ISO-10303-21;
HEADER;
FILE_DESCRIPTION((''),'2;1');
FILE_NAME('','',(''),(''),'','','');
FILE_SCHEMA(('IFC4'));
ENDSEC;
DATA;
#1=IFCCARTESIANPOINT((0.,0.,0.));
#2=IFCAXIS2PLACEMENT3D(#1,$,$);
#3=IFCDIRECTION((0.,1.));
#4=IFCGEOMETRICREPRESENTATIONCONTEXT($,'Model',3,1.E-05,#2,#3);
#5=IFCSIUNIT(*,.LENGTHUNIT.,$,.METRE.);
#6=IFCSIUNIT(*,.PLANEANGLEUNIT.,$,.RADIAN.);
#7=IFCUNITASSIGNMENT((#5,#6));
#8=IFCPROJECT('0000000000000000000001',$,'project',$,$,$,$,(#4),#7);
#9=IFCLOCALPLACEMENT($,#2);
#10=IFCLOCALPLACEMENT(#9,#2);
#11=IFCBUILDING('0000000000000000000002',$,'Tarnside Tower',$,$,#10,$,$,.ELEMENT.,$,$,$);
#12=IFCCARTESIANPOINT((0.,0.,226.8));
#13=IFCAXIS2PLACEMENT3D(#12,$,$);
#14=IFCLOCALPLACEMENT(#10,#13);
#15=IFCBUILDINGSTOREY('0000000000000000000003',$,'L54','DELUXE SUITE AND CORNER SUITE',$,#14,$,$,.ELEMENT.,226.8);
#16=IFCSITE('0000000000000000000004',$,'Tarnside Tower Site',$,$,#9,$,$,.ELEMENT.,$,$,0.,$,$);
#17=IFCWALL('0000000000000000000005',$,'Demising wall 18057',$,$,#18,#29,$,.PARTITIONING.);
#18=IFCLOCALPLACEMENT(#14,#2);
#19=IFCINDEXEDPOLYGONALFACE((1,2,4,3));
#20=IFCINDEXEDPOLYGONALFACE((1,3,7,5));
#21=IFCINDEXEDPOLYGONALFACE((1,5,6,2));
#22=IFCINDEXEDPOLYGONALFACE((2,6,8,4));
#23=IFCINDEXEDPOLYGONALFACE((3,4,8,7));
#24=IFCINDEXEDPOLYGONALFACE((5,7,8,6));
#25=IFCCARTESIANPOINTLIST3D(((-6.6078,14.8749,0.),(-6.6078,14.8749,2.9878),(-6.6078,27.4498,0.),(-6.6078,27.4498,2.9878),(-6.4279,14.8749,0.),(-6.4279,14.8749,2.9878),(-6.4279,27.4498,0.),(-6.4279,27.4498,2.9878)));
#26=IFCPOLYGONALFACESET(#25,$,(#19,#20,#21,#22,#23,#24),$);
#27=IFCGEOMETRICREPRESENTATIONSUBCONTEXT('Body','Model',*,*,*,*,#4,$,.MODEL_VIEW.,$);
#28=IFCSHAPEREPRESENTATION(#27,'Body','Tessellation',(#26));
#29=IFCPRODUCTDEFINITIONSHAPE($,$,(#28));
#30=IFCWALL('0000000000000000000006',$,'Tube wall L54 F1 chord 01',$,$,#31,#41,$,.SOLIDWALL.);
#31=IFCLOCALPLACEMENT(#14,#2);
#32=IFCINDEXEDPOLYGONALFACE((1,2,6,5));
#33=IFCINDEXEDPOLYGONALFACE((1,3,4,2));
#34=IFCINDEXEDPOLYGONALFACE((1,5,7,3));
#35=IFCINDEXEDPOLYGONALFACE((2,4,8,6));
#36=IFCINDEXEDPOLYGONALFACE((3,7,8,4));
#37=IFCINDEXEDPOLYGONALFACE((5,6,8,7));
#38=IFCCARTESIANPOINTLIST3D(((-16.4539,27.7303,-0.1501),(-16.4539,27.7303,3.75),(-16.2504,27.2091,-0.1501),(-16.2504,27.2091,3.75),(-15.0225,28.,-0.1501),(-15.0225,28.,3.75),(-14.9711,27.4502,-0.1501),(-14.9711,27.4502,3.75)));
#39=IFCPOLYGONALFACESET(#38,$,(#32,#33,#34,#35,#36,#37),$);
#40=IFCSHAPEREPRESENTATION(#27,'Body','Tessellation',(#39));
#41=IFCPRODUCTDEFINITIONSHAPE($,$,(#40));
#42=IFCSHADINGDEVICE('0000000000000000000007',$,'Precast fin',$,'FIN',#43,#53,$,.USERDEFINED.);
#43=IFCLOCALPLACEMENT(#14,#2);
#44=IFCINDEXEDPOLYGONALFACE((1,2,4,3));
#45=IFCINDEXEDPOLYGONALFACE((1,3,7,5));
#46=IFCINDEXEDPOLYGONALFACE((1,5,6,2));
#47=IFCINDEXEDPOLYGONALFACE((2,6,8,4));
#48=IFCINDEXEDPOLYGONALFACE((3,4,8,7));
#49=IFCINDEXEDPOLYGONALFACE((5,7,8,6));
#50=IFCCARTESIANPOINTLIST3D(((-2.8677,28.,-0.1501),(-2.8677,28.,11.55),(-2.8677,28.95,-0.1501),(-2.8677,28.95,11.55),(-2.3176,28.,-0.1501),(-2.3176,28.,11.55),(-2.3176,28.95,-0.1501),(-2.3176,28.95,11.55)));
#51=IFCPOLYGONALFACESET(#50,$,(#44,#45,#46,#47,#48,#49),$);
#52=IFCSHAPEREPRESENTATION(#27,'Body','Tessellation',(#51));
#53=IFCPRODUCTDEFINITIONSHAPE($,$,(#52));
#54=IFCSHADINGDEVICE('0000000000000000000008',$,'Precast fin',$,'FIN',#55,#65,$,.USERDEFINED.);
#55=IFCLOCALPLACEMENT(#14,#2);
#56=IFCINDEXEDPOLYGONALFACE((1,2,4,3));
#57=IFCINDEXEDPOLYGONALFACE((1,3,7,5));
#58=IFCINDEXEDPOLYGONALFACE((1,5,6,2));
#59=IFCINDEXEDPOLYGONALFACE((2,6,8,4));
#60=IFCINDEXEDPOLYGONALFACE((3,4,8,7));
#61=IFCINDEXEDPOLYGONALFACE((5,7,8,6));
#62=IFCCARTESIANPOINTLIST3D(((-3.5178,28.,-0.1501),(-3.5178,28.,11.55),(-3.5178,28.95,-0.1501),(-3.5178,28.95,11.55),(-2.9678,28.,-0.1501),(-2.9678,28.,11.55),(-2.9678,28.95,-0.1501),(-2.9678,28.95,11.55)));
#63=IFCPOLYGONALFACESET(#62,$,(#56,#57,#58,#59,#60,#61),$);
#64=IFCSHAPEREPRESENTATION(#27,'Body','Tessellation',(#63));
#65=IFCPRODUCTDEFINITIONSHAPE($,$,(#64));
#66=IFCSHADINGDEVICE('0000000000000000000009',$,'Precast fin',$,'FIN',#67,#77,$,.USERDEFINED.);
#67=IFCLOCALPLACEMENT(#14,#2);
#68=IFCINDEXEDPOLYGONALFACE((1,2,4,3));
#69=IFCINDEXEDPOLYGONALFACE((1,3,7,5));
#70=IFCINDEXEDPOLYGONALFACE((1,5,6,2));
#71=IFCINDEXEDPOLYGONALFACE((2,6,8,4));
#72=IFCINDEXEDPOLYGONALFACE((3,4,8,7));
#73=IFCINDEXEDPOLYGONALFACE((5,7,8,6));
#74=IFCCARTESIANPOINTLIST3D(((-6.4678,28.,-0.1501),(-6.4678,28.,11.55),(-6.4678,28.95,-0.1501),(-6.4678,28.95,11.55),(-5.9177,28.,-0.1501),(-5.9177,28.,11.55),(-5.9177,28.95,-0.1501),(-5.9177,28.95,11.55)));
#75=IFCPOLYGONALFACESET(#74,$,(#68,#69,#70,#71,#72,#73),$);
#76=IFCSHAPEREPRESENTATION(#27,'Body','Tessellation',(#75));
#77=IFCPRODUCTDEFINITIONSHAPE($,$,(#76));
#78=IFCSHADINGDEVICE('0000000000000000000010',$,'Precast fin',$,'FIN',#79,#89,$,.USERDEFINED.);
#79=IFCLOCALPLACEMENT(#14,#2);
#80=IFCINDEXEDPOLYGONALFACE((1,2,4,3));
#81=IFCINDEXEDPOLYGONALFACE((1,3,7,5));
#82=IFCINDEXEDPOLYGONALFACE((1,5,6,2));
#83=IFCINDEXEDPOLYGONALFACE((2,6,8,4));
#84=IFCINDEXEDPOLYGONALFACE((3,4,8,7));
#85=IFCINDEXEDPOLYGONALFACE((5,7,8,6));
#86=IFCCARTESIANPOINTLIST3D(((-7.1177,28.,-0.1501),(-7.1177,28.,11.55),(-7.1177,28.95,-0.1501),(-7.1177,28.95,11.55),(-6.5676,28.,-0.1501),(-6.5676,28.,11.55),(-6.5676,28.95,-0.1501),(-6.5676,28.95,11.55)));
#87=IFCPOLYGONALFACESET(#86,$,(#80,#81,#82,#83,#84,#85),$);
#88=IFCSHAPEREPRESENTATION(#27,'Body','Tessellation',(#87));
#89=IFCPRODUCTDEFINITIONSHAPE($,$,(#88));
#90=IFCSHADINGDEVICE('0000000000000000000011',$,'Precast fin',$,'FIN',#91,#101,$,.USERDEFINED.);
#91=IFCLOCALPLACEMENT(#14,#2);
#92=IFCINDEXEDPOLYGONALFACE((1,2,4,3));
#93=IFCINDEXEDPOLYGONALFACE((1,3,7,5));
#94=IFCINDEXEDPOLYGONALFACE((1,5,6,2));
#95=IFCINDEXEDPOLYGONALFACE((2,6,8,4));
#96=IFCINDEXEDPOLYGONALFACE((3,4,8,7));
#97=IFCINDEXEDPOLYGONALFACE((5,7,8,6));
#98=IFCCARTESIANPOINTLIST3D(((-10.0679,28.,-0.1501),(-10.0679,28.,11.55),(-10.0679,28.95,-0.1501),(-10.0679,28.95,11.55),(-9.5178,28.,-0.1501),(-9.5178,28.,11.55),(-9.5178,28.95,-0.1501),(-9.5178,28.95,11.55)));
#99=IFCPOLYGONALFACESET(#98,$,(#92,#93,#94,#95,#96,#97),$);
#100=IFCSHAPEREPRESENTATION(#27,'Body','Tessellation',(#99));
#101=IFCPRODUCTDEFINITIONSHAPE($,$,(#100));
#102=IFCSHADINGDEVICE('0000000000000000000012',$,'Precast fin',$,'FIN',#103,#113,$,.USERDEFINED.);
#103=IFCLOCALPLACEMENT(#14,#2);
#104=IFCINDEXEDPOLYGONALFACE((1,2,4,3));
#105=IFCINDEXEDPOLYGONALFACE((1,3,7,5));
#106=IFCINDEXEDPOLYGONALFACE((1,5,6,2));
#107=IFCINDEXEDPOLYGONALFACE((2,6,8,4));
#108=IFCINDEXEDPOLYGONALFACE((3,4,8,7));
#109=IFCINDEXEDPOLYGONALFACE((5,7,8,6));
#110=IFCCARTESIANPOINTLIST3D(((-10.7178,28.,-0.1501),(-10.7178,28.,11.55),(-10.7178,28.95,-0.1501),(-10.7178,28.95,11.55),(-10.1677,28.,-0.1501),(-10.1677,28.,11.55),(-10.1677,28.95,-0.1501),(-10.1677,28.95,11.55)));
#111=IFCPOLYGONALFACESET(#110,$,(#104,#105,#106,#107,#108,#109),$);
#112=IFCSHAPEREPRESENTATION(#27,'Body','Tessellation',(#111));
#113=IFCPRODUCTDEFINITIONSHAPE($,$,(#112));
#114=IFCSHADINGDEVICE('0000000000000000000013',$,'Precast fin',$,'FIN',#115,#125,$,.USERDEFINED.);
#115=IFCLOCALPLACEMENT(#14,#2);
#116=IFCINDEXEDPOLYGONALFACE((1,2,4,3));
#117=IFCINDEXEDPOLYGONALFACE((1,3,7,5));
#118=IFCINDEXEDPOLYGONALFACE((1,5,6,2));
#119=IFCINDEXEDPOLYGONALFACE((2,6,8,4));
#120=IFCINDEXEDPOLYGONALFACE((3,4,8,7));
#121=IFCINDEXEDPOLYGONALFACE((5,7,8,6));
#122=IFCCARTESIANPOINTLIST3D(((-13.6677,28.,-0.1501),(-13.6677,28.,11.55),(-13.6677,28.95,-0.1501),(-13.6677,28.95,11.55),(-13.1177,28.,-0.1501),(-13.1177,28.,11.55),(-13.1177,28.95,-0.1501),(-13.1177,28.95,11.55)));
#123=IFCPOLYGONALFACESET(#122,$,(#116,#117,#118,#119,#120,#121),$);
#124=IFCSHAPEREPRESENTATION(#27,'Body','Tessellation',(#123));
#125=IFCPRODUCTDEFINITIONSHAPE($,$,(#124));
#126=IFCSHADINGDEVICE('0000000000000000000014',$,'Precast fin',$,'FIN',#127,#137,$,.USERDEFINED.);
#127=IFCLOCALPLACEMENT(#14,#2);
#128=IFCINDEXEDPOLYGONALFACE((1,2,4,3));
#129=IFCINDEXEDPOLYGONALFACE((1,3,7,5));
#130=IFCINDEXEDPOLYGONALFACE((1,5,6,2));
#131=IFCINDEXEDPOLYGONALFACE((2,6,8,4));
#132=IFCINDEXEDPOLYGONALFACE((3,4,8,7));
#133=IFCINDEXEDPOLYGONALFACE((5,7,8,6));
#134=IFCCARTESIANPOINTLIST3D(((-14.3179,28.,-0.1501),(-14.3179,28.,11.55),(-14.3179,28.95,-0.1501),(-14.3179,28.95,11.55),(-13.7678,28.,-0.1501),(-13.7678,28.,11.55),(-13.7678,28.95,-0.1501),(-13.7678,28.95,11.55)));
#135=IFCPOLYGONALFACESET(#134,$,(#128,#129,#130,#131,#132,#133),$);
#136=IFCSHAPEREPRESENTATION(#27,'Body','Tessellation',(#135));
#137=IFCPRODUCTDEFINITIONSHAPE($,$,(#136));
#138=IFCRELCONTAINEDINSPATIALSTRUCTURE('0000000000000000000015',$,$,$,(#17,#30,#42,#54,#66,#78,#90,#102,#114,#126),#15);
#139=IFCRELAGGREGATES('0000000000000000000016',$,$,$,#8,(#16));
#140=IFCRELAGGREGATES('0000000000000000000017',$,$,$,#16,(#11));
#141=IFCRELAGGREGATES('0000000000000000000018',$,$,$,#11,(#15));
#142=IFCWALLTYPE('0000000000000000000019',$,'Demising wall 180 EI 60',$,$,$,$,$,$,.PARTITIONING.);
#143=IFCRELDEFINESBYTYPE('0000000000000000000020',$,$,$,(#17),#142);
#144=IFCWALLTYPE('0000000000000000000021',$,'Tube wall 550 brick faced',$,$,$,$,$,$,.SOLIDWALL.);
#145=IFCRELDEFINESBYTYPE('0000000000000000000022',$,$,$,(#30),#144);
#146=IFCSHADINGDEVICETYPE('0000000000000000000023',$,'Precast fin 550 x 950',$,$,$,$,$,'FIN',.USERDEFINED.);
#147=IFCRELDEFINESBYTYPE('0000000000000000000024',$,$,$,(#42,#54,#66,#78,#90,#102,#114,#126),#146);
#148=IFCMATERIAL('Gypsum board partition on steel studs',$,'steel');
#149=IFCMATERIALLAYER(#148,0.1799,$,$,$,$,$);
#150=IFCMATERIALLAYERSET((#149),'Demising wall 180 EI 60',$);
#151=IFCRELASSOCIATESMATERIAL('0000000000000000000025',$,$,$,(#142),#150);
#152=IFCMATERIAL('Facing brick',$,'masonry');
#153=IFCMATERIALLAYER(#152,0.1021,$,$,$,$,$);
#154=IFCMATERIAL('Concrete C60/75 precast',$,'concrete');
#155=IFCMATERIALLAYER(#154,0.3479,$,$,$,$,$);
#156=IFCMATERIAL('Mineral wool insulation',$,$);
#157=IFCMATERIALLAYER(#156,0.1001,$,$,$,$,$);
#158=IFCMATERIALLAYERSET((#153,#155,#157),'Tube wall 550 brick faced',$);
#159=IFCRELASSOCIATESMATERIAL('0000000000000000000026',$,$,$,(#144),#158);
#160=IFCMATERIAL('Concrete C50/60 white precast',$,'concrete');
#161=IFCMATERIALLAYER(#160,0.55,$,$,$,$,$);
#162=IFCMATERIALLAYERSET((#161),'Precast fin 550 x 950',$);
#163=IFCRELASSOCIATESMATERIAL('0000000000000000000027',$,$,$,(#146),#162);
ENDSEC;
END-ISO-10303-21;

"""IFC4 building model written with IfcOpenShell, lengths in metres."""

from ifc_helpers import new_model, si_unit, direction, frame, frame_2d, origin, place, context, subcontext, project, spatial, polyline, rectangle, outline, extrude, material, layer, layer_set, type_object, element, save


model = new_model("IFC4")

# Units and contexts
model_context = context("Model", 3, precision=1e-05, world=origin(), true_north=direction((0.0, 1.0)))
body_context = subcontext(model_context, "Body", "Model", "MODEL_VIEW")
ifc_project = project(units=[si_unit("LENGTHUNIT", "METRE"), si_unit("PLANEANGLEUNIT", "RADIAN")], contexts=[model_context])

# Site, building, storey
site_placement = place(None, origin())
site = spatial("IfcSite", under=ifc_project, at=site_placement, Name="Tarnside Tower Site", CompositionType="ELEMENT", RefElevation=0.0)
building_placement = place(site_placement, origin())
building = spatial("IfcBuilding", under=site, at=building_placement, Name="Tarnside Tower", CompositionType="ELEMENT")
storey_placement = place(building_placement, frame((0.0, 0.0, 226.8)))
storey = spatial("IfcBuildingStorey", under=building, at=storey_placement, Name="L54", Description="DELUXE SUITE AND CORNER SUITE", CompositionType="ELEMENT", Elevation=226.8)

# Shared definitions
ifc_material_1 = material(Name="Gypsum board partition on steel studs", Category="steel")

# Walls
ifc_layer_1 = layer(ifc_material_1, 0.1799)
ifc_layer_set_1 = layer_set([ifc_layer_1], Name="Demising wall 180 EI 60")
wall_type_1 = type_object("IfcWallType", Name="Demising wall 180 EI 60", PredefinedType="PARTITIONING", material=ifc_layer_set_1)
for number, where, z_axis, x_axis, name in (
    (1, (-6.5178, 27.45, 0.0), (0.0, 0.0, 1.0), (0.0, -1.0, 0.0), "Demising wall 18057"),
):
    element("IfcWall", number, at=place(storey_placement, frame(where, z_axis=z_axis, x_axis=x_axis)), inside=storey, type_object=wall_type_1, Name=name, PredefinedType="PARTITIONING", context=body_context, shape_type="SweptSolid", body=[
        extrude(rectangle(XDim=12.575, YDim=0.1799, at=frame_2d((6.2876, 0.0))), origin(), (0.0, 0.0, 1.0), 2.9878),
    ])
ifc_material_2 = material(Name="Facing brick", Category="masonry")
ifc_layer_2 = layer(ifc_material_2, 0.1021)
ifc_material_3 = material(Name="Concrete C60/75 precast", Category="concrete")
ifc_layer_3 = layer(ifc_material_3, 0.3479)
ifc_material_4 = material(Name="Mineral wool insulation")
ifc_layer_4 = layer(ifc_material_4, 0.1001)
ifc_layer_set_2 = layer_set([ifc_layer_2, ifc_layer_3, ifc_layer_4], Name="Tube wall 550 brick faced")
wall_type_2 = type_object("IfcWallType", Name="Tube wall 550 brick faced", PredefinedType="SOLIDWALL", material=ifc_layer_set_2)
wall_1_placement = place(storey_placement, frame((-14.9968, 27.7251, -0.1501), z_axis=(0.0, 0.0, 1.0), x_axis=(-0.982705, -0.185176, 0.0)))
element("IfcWall", 2, at=wall_1_placement, inside=storey, type_object=wall_type_2, Name="Tube wall L54 F1 chord 01", PredefinedType="SOLIDWALL", context=body_context, shape_type="SweptSolid", body=[
    extrude(outline(polyline([(-0.0256, -0.2749), (1.4309, -0.2749), (1.3274, 0.2749), (0.0256, 0.2749), (-0.0256, -0.2749)])), origin(), (0.0, 0.0, 1.0), 3.9001),
])

# Shading devices
ifc_material_5 = material(Name="Concrete C50/60 white precast", Category="concrete")
ifc_layer_5 = layer(ifc_material_5, 0.55)
ifc_layer_set_3 = layer_set([ifc_layer_5], Name="Precast fin 550 x 950")
shading_device_type = type_object("IfcShadingDeviceType", Name="Precast fin 550 x 950", ElementType="FIN", PredefinedType="USERDEFINED", material=ifc_layer_set_3)
for number, where, z_axis, x_axis, name in (
    (3, (-2.5928, 28.0, -0.1501), (1.0, 0.0, 0.0), (0.0, 1.0, 0.0), "Precast fin"),
    (4, (-3.2429, 28.0, -0.1501), (1.0, 0.0, 0.0), (0.0, 1.0, 0.0), "Precast fin"),
    (5, (-6.1929, 28.0, -0.1501), (1.0, 0.0, 0.0), (0.0, 1.0, 0.0), "Precast fin"),
    (6, (-6.8428, 28.0, -0.1501), (1.0, 0.0, 0.0), (0.0, 1.0, 0.0), "Precast fin"),
    (7, (-9.793, 28.0, -0.1501), (1.0, 0.0, 0.0), (0.0, 1.0, 0.0), "Precast fin"),
    (8, (-10.4429, 28.0, -0.1501), (1.0, 0.0, 0.0), (0.0, 1.0, 0.0), "Precast fin"),
    (9, (-13.3928, 28.0, -0.1501), (1.0, 0.0, 0.0), (0.0, 1.0, 0.0), "Precast fin"),
    (10, (-14.043, 28.0, -0.1501), (1.0, 0.0, 0.0), (0.0, 1.0, 0.0), "Precast fin"),
):
    element("IfcShadingDevice", number, at=place(storey_placement, frame(where, z_axis=z_axis, x_axis=x_axis)), inside=storey, type_object=shading_device_type, Name=name, ObjectType="FIN", PredefinedType="USERDEFINED", context=body_context, shape_type="SweptSolid", body=[
        extrude(outline(polyline([(0.0, 0.0), (0.95, 0.0), (0.95, 11.7002), (0.0, 11.7002), (0.0, 0.0)])), frame((0.0, 0.0, -0.2749)), (0.0, 0.0, 1.0), 0.55),
    ])

save(model, "model.ifc")
